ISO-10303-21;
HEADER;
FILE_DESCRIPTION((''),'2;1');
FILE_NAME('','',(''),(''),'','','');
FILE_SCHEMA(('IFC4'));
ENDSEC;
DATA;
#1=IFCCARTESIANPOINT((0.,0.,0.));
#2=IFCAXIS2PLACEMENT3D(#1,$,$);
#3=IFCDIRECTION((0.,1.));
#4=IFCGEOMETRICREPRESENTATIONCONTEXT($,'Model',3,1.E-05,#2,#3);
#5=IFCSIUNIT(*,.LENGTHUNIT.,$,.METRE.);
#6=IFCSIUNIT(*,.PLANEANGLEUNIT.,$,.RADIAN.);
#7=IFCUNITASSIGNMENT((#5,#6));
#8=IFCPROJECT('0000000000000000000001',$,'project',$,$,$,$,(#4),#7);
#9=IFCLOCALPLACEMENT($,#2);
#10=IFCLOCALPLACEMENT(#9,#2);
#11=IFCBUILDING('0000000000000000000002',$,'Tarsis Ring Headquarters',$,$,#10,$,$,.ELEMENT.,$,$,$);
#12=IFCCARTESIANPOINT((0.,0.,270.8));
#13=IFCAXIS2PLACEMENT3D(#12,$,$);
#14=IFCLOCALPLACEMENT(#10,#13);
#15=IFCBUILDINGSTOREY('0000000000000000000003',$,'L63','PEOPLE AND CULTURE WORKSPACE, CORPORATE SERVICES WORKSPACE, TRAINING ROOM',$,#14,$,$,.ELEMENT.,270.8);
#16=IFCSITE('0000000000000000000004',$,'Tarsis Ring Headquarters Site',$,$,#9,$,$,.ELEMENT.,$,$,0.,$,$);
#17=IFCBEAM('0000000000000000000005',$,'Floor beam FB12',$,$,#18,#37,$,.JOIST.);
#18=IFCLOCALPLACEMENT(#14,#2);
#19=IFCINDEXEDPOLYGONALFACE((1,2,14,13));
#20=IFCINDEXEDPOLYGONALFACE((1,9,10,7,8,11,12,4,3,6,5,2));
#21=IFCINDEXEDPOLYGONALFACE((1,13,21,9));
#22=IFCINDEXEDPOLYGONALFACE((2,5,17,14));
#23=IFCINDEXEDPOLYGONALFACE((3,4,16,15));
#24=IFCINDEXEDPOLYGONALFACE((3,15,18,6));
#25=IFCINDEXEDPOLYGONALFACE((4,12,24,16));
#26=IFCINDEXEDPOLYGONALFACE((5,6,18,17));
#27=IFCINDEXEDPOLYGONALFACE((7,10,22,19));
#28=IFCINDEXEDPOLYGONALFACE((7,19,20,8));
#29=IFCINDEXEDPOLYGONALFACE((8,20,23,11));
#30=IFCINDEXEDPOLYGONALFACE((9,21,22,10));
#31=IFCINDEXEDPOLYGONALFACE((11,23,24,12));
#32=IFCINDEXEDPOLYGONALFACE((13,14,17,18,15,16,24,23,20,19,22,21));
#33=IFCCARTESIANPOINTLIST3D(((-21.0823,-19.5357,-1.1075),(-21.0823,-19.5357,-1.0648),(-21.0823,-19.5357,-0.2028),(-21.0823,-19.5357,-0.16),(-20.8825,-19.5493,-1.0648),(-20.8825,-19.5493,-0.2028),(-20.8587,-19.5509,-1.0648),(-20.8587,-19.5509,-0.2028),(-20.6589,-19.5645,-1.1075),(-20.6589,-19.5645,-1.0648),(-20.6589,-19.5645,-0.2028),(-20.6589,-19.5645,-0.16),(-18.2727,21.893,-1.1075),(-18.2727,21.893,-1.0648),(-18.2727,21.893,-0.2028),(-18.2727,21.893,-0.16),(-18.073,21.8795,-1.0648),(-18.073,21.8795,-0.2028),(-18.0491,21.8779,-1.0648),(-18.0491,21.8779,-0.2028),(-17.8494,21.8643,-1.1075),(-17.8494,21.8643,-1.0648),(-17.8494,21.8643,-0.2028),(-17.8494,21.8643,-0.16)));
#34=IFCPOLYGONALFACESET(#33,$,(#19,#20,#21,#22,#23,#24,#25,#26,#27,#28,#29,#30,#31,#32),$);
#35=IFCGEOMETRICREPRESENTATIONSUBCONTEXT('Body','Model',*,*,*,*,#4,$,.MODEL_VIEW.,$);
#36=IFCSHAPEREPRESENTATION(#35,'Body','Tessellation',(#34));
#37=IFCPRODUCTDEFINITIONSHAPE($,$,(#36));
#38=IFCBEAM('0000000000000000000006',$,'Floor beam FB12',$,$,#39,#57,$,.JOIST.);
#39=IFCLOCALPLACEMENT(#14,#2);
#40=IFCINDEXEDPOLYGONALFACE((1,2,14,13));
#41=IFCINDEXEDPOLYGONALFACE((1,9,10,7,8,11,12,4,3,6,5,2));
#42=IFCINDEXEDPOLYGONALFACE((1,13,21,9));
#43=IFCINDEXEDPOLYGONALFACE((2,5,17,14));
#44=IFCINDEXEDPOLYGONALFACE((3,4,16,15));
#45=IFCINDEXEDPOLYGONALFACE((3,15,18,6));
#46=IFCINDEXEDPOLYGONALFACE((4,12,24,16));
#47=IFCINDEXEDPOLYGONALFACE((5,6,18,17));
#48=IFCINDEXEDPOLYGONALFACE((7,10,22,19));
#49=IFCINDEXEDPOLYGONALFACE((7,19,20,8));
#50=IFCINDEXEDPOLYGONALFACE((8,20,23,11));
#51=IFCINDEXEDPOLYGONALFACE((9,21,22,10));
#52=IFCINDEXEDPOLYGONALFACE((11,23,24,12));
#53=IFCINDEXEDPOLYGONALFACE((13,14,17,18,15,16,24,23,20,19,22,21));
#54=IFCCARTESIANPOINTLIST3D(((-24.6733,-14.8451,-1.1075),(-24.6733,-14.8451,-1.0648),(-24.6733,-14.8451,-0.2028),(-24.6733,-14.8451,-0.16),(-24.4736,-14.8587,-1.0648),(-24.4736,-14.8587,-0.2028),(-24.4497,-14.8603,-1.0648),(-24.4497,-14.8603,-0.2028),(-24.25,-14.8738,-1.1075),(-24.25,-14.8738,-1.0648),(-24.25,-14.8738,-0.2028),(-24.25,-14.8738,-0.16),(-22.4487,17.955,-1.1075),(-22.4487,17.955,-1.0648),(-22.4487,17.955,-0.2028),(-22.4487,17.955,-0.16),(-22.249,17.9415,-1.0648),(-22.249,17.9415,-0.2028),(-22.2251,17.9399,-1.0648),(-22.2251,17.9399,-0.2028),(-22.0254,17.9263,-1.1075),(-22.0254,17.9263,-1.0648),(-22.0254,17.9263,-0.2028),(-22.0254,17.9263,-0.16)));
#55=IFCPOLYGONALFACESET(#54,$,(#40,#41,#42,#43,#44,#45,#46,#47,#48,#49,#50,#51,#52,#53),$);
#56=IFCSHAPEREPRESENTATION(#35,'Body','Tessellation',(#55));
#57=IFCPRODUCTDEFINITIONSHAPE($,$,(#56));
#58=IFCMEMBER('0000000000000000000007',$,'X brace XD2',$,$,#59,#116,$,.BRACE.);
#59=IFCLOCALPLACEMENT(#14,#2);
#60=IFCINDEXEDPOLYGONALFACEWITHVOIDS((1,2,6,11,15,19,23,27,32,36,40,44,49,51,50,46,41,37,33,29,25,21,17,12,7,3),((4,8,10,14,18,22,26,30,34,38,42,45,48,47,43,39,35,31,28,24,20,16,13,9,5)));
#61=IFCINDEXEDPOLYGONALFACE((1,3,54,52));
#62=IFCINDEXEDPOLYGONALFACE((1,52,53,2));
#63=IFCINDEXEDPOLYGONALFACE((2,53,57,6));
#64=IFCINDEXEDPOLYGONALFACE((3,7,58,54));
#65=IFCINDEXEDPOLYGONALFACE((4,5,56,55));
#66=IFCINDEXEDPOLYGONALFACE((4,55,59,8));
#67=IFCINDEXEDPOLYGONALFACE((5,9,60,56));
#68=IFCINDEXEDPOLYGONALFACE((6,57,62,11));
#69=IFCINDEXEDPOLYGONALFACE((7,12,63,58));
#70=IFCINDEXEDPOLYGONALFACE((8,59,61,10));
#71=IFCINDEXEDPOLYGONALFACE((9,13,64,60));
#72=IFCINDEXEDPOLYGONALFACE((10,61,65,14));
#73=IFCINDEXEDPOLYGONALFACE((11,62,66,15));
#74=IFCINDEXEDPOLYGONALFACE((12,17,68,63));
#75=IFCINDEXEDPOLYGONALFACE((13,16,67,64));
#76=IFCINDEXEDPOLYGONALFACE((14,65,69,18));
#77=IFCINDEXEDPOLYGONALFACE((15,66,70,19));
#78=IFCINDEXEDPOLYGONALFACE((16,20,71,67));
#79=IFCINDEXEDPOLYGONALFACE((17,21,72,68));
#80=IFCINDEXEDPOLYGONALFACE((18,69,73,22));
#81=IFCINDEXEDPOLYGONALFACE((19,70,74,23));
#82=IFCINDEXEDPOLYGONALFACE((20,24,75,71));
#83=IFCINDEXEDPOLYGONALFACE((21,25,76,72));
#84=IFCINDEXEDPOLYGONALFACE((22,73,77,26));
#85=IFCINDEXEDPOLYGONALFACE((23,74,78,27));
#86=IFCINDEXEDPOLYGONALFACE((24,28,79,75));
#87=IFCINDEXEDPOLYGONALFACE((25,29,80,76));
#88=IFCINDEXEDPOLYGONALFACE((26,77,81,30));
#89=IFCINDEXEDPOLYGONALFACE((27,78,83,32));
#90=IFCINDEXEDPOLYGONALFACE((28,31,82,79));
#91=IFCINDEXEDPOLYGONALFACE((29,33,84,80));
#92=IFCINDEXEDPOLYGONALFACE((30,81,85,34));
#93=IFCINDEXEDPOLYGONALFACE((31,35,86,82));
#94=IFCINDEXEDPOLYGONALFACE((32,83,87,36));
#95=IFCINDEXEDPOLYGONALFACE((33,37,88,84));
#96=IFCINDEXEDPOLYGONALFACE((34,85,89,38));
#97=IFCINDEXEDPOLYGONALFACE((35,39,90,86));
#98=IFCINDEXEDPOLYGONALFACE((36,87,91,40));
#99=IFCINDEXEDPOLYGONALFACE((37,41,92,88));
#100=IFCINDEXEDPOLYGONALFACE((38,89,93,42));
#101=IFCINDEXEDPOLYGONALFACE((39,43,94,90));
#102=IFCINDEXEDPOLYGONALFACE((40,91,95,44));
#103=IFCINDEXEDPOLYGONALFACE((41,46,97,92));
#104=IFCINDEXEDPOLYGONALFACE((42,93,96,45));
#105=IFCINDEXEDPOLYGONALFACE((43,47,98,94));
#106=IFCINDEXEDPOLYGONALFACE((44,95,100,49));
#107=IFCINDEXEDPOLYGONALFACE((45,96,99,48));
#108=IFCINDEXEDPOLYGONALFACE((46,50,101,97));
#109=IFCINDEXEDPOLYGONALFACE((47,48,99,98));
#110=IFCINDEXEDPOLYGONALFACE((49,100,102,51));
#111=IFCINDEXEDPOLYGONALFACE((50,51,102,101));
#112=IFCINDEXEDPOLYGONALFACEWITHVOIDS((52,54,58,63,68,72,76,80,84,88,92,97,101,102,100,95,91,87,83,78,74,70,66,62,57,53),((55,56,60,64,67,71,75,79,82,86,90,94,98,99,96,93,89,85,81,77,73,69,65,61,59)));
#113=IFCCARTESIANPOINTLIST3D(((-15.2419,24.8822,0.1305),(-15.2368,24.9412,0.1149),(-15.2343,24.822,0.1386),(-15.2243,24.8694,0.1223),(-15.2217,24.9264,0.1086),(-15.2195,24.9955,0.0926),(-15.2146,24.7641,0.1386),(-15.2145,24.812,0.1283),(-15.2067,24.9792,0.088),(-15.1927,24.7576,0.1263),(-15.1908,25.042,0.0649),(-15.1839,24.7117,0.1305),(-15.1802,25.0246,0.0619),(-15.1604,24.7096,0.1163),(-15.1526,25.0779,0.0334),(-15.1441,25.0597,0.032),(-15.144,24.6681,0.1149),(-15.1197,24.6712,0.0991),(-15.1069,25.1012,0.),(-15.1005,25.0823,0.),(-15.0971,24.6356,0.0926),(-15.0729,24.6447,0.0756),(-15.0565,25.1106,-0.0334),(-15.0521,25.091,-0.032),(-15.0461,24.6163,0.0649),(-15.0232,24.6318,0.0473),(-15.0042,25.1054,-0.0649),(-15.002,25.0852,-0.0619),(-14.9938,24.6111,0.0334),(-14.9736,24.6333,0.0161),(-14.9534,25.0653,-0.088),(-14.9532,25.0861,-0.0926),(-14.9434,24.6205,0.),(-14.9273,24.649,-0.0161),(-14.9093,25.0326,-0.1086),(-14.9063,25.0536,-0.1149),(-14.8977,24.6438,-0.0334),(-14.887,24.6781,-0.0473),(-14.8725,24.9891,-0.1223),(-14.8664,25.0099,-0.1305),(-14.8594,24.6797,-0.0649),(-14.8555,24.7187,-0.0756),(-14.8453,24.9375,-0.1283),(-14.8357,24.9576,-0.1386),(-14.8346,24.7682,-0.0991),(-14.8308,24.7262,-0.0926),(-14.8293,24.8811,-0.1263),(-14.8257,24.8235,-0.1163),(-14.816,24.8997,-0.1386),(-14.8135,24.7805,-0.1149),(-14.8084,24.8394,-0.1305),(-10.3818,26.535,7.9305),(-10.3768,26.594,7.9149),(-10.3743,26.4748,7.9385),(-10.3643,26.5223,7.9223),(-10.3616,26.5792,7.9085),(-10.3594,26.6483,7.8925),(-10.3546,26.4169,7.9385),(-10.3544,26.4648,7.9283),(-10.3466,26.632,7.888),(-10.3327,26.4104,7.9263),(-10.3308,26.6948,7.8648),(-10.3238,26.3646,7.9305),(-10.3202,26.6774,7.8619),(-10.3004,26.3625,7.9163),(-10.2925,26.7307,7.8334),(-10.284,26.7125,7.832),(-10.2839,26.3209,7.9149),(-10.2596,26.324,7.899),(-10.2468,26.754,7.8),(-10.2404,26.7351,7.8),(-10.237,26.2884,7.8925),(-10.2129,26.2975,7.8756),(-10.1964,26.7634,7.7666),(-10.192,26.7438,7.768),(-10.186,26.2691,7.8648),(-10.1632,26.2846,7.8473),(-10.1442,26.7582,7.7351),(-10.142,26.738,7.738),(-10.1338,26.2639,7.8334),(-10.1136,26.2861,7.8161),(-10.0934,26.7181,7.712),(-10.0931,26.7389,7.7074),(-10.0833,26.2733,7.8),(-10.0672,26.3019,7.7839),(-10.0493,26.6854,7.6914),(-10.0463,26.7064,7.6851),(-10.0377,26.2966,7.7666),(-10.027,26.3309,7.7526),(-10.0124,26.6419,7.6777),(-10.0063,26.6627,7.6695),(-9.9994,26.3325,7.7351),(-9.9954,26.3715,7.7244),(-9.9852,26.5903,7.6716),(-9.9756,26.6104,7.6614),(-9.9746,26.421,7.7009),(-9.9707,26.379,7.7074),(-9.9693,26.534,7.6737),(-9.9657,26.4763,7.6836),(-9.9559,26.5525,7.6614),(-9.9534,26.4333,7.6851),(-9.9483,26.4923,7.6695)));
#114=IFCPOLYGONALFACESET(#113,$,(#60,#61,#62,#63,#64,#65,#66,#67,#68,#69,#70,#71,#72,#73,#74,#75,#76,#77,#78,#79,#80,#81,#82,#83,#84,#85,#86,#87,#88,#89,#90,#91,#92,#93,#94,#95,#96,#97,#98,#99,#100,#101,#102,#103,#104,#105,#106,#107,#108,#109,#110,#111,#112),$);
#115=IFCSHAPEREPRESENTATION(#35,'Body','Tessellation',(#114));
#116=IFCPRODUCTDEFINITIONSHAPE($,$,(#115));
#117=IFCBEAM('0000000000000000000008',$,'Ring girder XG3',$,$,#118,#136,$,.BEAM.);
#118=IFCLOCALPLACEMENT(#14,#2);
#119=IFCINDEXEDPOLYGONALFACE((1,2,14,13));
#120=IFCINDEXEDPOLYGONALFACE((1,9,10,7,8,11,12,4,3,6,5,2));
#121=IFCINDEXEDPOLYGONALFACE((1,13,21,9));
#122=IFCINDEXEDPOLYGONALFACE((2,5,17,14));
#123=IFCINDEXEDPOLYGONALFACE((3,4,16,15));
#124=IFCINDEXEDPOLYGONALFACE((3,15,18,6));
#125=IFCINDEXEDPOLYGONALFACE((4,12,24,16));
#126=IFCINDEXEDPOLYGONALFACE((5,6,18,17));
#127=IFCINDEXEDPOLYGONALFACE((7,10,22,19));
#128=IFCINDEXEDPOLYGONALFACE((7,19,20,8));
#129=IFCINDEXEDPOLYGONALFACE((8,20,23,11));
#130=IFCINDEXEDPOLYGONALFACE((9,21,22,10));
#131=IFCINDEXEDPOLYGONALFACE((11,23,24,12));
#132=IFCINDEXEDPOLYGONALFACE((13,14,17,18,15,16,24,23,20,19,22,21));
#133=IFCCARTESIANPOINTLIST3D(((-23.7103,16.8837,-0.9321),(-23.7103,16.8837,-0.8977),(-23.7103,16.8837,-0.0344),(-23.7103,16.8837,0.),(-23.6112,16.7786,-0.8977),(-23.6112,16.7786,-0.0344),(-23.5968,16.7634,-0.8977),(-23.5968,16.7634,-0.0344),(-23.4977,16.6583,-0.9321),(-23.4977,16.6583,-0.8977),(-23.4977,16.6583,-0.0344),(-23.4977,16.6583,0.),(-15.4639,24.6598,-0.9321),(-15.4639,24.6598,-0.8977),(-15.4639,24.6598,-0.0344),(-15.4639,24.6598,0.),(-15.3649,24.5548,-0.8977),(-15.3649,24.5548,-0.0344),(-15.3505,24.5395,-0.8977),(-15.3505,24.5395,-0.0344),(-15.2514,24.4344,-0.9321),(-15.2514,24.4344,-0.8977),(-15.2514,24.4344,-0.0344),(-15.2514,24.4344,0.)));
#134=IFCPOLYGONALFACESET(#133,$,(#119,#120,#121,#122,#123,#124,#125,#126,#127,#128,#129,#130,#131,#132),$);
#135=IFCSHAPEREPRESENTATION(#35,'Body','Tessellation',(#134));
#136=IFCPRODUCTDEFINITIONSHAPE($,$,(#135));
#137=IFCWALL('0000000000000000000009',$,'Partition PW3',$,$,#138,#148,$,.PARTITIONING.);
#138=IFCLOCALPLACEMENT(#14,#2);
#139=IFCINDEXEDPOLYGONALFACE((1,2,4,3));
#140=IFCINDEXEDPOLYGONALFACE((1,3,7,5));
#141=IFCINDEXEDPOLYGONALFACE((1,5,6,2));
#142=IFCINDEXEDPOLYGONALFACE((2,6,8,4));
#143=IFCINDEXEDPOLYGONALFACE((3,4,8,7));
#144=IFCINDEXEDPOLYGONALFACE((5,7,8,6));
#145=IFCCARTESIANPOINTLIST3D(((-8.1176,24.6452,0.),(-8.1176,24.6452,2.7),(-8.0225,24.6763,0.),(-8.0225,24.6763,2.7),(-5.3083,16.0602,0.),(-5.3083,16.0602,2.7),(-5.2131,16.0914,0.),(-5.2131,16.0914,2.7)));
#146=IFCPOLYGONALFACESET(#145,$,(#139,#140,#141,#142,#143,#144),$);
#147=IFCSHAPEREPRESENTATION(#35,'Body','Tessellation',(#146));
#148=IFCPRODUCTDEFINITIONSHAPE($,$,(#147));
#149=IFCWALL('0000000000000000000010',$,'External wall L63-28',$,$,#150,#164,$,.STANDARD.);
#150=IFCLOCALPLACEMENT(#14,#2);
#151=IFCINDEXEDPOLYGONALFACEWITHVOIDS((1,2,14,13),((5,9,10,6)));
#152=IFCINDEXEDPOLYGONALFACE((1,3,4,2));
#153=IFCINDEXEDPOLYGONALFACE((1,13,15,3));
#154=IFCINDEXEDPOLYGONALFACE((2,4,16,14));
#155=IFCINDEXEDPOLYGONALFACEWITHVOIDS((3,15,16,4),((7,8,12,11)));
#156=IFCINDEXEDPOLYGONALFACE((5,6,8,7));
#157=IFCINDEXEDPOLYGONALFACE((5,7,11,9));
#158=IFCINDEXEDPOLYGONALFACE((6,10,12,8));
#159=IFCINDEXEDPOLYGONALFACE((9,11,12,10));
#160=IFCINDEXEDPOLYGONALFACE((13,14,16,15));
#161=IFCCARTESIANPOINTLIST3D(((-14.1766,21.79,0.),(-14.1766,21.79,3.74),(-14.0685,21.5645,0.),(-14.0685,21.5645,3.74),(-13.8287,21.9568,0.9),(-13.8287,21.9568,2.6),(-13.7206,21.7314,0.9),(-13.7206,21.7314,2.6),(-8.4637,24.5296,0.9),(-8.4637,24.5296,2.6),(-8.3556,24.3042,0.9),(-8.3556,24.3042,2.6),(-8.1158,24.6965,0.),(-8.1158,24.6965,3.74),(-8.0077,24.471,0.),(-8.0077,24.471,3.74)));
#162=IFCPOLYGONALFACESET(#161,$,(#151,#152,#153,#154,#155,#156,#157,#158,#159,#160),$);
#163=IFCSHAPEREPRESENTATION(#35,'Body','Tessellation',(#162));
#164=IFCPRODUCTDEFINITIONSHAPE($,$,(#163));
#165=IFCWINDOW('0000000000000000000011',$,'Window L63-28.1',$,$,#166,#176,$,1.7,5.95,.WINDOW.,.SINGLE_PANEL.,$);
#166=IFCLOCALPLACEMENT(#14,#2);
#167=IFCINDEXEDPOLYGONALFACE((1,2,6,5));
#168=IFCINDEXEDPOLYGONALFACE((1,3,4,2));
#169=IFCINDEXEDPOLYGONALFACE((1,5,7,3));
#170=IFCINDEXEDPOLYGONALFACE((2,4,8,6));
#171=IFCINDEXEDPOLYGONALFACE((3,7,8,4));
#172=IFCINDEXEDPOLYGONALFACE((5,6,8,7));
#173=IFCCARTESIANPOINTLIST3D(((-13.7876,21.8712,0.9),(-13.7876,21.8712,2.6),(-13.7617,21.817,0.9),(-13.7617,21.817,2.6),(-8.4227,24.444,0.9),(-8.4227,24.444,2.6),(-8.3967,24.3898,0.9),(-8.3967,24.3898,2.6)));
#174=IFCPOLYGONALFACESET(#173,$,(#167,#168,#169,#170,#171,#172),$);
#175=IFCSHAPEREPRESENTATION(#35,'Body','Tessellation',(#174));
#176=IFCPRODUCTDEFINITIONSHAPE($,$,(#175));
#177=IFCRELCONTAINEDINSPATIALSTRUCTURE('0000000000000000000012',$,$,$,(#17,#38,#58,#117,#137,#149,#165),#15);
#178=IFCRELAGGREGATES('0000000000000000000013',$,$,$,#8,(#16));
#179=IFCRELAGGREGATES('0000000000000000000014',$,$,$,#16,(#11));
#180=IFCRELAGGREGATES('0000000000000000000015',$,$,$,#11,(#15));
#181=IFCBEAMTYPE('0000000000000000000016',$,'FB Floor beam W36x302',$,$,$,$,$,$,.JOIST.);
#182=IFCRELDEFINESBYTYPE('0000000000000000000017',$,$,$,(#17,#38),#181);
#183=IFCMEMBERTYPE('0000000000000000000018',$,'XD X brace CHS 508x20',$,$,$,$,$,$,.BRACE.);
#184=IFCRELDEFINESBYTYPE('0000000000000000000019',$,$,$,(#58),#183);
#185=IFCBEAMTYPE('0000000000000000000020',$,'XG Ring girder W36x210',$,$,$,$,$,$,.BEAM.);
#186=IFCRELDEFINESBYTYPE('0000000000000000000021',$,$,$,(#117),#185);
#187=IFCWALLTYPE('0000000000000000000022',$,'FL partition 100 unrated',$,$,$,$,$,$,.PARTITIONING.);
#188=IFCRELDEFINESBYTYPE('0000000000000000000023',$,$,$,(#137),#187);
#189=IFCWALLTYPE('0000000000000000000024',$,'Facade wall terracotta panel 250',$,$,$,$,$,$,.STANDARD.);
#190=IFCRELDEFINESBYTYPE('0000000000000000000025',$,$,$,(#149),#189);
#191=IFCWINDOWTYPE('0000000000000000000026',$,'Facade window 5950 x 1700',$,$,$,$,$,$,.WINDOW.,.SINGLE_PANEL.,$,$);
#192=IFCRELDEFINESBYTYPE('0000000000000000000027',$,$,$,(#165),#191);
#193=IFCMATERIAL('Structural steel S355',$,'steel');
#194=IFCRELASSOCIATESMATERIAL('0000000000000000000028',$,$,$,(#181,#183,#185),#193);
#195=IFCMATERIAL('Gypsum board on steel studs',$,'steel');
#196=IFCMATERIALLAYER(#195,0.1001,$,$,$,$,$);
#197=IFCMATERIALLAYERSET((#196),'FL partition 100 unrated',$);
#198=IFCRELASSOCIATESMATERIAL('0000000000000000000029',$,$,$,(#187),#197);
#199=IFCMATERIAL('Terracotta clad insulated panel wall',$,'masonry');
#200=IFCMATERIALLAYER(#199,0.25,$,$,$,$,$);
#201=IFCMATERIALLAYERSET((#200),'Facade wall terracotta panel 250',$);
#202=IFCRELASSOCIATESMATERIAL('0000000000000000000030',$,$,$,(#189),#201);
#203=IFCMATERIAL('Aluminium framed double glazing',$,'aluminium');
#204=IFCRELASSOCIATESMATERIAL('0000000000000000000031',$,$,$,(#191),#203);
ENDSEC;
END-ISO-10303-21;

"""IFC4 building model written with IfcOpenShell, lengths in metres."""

from ifc_helpers import new_model, si_unit, direction, frame, frame_2d, origin, origin_2d, place, context, subcontext, project, spatial, rectangle, hollow_circle, i_section, extrude, material, layer, layer_set, material_profile, profile_set, type_object, element, fill, save


model = new_model("IFC4")

# Units and contexts
model_context = context("Model", 3, precision=1e-05, world=origin(), true_north=direction((0.0, 1.0)))
body_context = subcontext(model_context, "Body", "Model", "MODEL_VIEW")
ifc_project = project(units=[si_unit("LENGTHUNIT", "METRE"), si_unit("PLANEANGLEUNIT", "RADIAN")], contexts=[model_context])

# Site, building, storey
site_placement = place(None, origin())
site = spatial("IfcSite", under=ifc_project, at=site_placement, Name="Tarsis Ring Headquarters Site", CompositionType="ELEMENT", RefElevation=0.0)
building_placement = place(site_placement, origin())
building = spatial("IfcBuilding", under=site, at=building_placement, Name="Tarsis Ring Headquarters", CompositionType="ELEMENT")
storey_placement = place(building_placement, frame((0.0, 0.0, 270.8)))
storey = spatial("IfcBuildingStorey", under=building, at=storey_placement, Name="L63", Description="PEOPLE AND CULTURE WORKSPACE, CORPORATE SERVICES WORKSPACE, TRAINING ROOM", CompositionType="ELEMENT", Elevation=270.8)

# Shared definitions
ifc_material_1 = material(Name="Structural steel S355", Category="steel")

# Beams
ifc_material_profile_1 = material_profile(ifc_material_1, i_section(OverallWidth=0.4243, OverallDepth=0.9475, WebThickness=0.0239, FlangeThickness=0.0427, at=origin_2d()), Name="W36x302")
ifc_profile_set_1 = profile_set([ifc_material_profile_1], Name="Structural steel S355")
beam_type_1 = type_object("IfcBeamType", Name="FB Floor beam W36x302", PredefinedType="JOIST", material=ifc_profile_set_1)
beam_1_placement = place(storey_placement, frame((-18.061, 21.8787, -0.6338), z_axis=(-0.067662, -0.997708, 0.0), x_axis=(0.997708, -0.067662, 0.0)))
element("IfcBeam", 1, at=beam_1_placement, inside=storey, type_object=beam_type_1, Name="Floor beam FB12", PredefinedType="JOIST", context=body_context, shape_type="SweptSolid", body=[
    extrude(i_section(OverallWidth=0.4243, OverallDepth=0.9475, WebThickness=0.0239, FlangeThickness=0.0427, at=origin_2d()), origin(), (0.0, 0.0, 1.0), 41.5239),
])
beam_2_placement = place(storey_placement, frame((-22.2371, 17.9407, -0.6338), z_axis=(-0.067668, -0.997708, 0.0), x_axis=(0.997708, -0.067668, 0.0)))
element("IfcBeam", 2, at=beam_2_placement, inside=storey, type_object=beam_type_1, Name="Floor beam FB12", PredefinedType="JOIST", context=body_context, shape_type="SweptSolid", body=[
    extrude(i_section(OverallWidth=0.4243, OverallDepth=0.9475, WebThickness=0.0239, FlangeThickness=0.0427, at=origin_2d()), origin(), (0.0, 0.0, 1.0), 32.8755),
])

# Member
ifc_material_profile_2 = material_profile(ifc_material_1, hollow_circle(Radius=0.2539, WallThickness=0.02, at=origin_2d()), Name="CHS 508x20")
ifc_profile_set_2 = profile_set([ifc_material_profile_2], Name="Structural steel S355")
member_type = type_object("IfcMemberType", Name="XD X brace CHS 508x20", PredefinedType="BRACE", material=ifc_profile_set_2)
member_placement = place(storey_placement, frame((-15.0251, 24.8608, 0.0), z_axis=(0.52048, 0.177006, 0.835326), x_axis=(-0.321972, 0.946749, 0.0)))
element("IfcMember", 3, at=member_placement, inside=storey, type_object=member_type, Name="X brace XD2", PredefinedType="BRACE", context=body_context, shape_type="SweptSolid", body=[
    extrude(hollow_circle(Radius=0.2539, WallThickness=0.02, at=origin_2d()), origin(), (0.0, 0.0, 1.0), 9.3376),
])

# Beam
ifc_material_profile_3 = material_profile(ifc_material_1, i_section(OverallWidth=0.3098, OverallDepth=0.9321, WebThickness=0.021, FlangeThickness=0.0344, at=origin_2d()), Name="W36x210")
ifc_profile_set_3 = profile_set([ifc_material_profile_3], Name="Structural steel S355")
beam_type_2 = type_object("IfcBeamType", Name="XG Ring girder W36x210", PredefinedType="BEAM", material=ifc_profile_set_3)
beam_3_placement = place(storey_placement, frame((-15.3577, 24.5471, -0.4661), z_axis=(-0.727545, -0.68606, 0.0), x_axis=(0.68606, -0.727545, 0.0)))
element("IfcBeam", 4, at=beam_3_placement, inside=storey, type_object=beam_type_2, Name="Ring girder XG3", PredefinedType="BEAM", context=body_context, shape_type="SweptSolid", body=[
    extrude(i_section(OverallWidth=0.3098, OverallDepth=0.9321, WebThickness=0.021, FlangeThickness=0.0344, at=origin_2d()), origin(), (0.0, 0.0, 1.0), 11.3345),
])

# Wall
ifc_material_2 = material(Name="Gypsum board on steel studs", Category="steel")
ifc_layer_1 = layer(ifc_material_2, 0.1001)
ifc_layer_set_1 = layer_set([ifc_layer_1], Name="FL partition 100 unrated")
wall_type_1 = type_object("IfcWallType", Name="FL partition 100 unrated", PredefinedType="PARTITIONING", material=ifc_layer_set_1)
wall_1_placement = place(storey_placement, frame((-8.0701, 24.6609, 0.0), z_axis=(0.0, 0.0, 1.0), x_axis=(0.311009, -0.950407, 0.0)))
element("IfcWall", 5, at=wall_1_placement, inside=storey, type_object=wall_type_1, Name="Partition PW3", PredefinedType="PARTITIONING", context=body_context, shape_type="SweptSolid", body=[
    extrude(rectangle(XDim=9.033, YDim=0.1001, at=frame_2d((4.5166, 0.0))), origin(), (0.0, 0.0, 1.0), 2.7),
])

# Wall, opening, window
ifc_material_3 = material(Name="Terracotta clad insulated panel wall", Category="masonry")
ifc_layer_2 = layer(ifc_material_3, 0.25)
ifc_layer_set_2 = layer_set([ifc_layer_2], Name="Facade wall terracotta panel 250")
wall_type_2 = type_object("IfcWallType", Name="Facade wall terracotta panel 250", PredefinedType="STANDARD", material=ifc_layer_set_2)
wall_2_placement = place(storey_placement, frame((-8.0618, 24.5837, 0.0), z_axis=(0.0, 0.0, 1.0), x_axis=(-0.901679, -0.432406, 0.0)))
wall_2 = element("IfcWall", 6, at=wall_2_placement, inside=storey, type_object=wall_type_2, Name="External wall L63-28", PredefinedType="STANDARD", context=body_context, shape_type="SweptSolid", body=[
    extrude(rectangle(XDim=6.7217, YDim=0.25, at=frame_2d((3.3608, 0.0))), origin(), (0.0, 0.0, 1.0), 3.74),
])
opening_1_placement = place(wall_2_placement, frame((0.3857, 0.0, 0.8999)))
opening_1 = element("IfcOpeningElement", 7, at=opening_1_placement, cuts=wall_2, PredefinedType="OPENING", context=body_context, shape_type="SweptSolid", body=[
    extrude(rectangle(XDim=5.95, YDim=1.7, at=frame_2d((2.9751, 0.8501))), frame((0.0, 0.135, 0.0), z_axis=(0.0, -1.0, 0.0), x_axis=(1.0, 0.0, 0.0)), (0.0, 0.0, 1.0), 0.27),
])
ifc_material_4 = material(Name="Aluminium framed double glazing", Category="aluminium")
window_type_1 = type_object("IfcWindowType", Name="Facade window 5950 x 1700", PartitioningType="SINGLE_PANEL", PredefinedType="WINDOW", material=ifc_material_4)
window_1_placement = place(opening_1_placement, origin())
window_1 = element("IfcWindow", 8, at=window_1_placement, inside=storey, type_object=window_type_1, Name="Window L63-28.1", OverallHeight=1.7, OverallWidth=5.95, PartitioningType="SINGLE_PANEL", PredefinedType="WINDOW", context=body_context, shape_type="SweptSolid", body=[
    extrude(rectangle(XDim=5.95, YDim=1.7, at=frame_2d((2.9751, 0.8501))), frame((0.0, 0.03, 0.0), z_axis=(0.0, -1.0, 0.0), x_axis=(1.0, 0.0, 0.0)), (0.0, 0.0, 1.0), 0.0601),
])
fill(opening_1, window_1)

save(model, "model.ifc")
